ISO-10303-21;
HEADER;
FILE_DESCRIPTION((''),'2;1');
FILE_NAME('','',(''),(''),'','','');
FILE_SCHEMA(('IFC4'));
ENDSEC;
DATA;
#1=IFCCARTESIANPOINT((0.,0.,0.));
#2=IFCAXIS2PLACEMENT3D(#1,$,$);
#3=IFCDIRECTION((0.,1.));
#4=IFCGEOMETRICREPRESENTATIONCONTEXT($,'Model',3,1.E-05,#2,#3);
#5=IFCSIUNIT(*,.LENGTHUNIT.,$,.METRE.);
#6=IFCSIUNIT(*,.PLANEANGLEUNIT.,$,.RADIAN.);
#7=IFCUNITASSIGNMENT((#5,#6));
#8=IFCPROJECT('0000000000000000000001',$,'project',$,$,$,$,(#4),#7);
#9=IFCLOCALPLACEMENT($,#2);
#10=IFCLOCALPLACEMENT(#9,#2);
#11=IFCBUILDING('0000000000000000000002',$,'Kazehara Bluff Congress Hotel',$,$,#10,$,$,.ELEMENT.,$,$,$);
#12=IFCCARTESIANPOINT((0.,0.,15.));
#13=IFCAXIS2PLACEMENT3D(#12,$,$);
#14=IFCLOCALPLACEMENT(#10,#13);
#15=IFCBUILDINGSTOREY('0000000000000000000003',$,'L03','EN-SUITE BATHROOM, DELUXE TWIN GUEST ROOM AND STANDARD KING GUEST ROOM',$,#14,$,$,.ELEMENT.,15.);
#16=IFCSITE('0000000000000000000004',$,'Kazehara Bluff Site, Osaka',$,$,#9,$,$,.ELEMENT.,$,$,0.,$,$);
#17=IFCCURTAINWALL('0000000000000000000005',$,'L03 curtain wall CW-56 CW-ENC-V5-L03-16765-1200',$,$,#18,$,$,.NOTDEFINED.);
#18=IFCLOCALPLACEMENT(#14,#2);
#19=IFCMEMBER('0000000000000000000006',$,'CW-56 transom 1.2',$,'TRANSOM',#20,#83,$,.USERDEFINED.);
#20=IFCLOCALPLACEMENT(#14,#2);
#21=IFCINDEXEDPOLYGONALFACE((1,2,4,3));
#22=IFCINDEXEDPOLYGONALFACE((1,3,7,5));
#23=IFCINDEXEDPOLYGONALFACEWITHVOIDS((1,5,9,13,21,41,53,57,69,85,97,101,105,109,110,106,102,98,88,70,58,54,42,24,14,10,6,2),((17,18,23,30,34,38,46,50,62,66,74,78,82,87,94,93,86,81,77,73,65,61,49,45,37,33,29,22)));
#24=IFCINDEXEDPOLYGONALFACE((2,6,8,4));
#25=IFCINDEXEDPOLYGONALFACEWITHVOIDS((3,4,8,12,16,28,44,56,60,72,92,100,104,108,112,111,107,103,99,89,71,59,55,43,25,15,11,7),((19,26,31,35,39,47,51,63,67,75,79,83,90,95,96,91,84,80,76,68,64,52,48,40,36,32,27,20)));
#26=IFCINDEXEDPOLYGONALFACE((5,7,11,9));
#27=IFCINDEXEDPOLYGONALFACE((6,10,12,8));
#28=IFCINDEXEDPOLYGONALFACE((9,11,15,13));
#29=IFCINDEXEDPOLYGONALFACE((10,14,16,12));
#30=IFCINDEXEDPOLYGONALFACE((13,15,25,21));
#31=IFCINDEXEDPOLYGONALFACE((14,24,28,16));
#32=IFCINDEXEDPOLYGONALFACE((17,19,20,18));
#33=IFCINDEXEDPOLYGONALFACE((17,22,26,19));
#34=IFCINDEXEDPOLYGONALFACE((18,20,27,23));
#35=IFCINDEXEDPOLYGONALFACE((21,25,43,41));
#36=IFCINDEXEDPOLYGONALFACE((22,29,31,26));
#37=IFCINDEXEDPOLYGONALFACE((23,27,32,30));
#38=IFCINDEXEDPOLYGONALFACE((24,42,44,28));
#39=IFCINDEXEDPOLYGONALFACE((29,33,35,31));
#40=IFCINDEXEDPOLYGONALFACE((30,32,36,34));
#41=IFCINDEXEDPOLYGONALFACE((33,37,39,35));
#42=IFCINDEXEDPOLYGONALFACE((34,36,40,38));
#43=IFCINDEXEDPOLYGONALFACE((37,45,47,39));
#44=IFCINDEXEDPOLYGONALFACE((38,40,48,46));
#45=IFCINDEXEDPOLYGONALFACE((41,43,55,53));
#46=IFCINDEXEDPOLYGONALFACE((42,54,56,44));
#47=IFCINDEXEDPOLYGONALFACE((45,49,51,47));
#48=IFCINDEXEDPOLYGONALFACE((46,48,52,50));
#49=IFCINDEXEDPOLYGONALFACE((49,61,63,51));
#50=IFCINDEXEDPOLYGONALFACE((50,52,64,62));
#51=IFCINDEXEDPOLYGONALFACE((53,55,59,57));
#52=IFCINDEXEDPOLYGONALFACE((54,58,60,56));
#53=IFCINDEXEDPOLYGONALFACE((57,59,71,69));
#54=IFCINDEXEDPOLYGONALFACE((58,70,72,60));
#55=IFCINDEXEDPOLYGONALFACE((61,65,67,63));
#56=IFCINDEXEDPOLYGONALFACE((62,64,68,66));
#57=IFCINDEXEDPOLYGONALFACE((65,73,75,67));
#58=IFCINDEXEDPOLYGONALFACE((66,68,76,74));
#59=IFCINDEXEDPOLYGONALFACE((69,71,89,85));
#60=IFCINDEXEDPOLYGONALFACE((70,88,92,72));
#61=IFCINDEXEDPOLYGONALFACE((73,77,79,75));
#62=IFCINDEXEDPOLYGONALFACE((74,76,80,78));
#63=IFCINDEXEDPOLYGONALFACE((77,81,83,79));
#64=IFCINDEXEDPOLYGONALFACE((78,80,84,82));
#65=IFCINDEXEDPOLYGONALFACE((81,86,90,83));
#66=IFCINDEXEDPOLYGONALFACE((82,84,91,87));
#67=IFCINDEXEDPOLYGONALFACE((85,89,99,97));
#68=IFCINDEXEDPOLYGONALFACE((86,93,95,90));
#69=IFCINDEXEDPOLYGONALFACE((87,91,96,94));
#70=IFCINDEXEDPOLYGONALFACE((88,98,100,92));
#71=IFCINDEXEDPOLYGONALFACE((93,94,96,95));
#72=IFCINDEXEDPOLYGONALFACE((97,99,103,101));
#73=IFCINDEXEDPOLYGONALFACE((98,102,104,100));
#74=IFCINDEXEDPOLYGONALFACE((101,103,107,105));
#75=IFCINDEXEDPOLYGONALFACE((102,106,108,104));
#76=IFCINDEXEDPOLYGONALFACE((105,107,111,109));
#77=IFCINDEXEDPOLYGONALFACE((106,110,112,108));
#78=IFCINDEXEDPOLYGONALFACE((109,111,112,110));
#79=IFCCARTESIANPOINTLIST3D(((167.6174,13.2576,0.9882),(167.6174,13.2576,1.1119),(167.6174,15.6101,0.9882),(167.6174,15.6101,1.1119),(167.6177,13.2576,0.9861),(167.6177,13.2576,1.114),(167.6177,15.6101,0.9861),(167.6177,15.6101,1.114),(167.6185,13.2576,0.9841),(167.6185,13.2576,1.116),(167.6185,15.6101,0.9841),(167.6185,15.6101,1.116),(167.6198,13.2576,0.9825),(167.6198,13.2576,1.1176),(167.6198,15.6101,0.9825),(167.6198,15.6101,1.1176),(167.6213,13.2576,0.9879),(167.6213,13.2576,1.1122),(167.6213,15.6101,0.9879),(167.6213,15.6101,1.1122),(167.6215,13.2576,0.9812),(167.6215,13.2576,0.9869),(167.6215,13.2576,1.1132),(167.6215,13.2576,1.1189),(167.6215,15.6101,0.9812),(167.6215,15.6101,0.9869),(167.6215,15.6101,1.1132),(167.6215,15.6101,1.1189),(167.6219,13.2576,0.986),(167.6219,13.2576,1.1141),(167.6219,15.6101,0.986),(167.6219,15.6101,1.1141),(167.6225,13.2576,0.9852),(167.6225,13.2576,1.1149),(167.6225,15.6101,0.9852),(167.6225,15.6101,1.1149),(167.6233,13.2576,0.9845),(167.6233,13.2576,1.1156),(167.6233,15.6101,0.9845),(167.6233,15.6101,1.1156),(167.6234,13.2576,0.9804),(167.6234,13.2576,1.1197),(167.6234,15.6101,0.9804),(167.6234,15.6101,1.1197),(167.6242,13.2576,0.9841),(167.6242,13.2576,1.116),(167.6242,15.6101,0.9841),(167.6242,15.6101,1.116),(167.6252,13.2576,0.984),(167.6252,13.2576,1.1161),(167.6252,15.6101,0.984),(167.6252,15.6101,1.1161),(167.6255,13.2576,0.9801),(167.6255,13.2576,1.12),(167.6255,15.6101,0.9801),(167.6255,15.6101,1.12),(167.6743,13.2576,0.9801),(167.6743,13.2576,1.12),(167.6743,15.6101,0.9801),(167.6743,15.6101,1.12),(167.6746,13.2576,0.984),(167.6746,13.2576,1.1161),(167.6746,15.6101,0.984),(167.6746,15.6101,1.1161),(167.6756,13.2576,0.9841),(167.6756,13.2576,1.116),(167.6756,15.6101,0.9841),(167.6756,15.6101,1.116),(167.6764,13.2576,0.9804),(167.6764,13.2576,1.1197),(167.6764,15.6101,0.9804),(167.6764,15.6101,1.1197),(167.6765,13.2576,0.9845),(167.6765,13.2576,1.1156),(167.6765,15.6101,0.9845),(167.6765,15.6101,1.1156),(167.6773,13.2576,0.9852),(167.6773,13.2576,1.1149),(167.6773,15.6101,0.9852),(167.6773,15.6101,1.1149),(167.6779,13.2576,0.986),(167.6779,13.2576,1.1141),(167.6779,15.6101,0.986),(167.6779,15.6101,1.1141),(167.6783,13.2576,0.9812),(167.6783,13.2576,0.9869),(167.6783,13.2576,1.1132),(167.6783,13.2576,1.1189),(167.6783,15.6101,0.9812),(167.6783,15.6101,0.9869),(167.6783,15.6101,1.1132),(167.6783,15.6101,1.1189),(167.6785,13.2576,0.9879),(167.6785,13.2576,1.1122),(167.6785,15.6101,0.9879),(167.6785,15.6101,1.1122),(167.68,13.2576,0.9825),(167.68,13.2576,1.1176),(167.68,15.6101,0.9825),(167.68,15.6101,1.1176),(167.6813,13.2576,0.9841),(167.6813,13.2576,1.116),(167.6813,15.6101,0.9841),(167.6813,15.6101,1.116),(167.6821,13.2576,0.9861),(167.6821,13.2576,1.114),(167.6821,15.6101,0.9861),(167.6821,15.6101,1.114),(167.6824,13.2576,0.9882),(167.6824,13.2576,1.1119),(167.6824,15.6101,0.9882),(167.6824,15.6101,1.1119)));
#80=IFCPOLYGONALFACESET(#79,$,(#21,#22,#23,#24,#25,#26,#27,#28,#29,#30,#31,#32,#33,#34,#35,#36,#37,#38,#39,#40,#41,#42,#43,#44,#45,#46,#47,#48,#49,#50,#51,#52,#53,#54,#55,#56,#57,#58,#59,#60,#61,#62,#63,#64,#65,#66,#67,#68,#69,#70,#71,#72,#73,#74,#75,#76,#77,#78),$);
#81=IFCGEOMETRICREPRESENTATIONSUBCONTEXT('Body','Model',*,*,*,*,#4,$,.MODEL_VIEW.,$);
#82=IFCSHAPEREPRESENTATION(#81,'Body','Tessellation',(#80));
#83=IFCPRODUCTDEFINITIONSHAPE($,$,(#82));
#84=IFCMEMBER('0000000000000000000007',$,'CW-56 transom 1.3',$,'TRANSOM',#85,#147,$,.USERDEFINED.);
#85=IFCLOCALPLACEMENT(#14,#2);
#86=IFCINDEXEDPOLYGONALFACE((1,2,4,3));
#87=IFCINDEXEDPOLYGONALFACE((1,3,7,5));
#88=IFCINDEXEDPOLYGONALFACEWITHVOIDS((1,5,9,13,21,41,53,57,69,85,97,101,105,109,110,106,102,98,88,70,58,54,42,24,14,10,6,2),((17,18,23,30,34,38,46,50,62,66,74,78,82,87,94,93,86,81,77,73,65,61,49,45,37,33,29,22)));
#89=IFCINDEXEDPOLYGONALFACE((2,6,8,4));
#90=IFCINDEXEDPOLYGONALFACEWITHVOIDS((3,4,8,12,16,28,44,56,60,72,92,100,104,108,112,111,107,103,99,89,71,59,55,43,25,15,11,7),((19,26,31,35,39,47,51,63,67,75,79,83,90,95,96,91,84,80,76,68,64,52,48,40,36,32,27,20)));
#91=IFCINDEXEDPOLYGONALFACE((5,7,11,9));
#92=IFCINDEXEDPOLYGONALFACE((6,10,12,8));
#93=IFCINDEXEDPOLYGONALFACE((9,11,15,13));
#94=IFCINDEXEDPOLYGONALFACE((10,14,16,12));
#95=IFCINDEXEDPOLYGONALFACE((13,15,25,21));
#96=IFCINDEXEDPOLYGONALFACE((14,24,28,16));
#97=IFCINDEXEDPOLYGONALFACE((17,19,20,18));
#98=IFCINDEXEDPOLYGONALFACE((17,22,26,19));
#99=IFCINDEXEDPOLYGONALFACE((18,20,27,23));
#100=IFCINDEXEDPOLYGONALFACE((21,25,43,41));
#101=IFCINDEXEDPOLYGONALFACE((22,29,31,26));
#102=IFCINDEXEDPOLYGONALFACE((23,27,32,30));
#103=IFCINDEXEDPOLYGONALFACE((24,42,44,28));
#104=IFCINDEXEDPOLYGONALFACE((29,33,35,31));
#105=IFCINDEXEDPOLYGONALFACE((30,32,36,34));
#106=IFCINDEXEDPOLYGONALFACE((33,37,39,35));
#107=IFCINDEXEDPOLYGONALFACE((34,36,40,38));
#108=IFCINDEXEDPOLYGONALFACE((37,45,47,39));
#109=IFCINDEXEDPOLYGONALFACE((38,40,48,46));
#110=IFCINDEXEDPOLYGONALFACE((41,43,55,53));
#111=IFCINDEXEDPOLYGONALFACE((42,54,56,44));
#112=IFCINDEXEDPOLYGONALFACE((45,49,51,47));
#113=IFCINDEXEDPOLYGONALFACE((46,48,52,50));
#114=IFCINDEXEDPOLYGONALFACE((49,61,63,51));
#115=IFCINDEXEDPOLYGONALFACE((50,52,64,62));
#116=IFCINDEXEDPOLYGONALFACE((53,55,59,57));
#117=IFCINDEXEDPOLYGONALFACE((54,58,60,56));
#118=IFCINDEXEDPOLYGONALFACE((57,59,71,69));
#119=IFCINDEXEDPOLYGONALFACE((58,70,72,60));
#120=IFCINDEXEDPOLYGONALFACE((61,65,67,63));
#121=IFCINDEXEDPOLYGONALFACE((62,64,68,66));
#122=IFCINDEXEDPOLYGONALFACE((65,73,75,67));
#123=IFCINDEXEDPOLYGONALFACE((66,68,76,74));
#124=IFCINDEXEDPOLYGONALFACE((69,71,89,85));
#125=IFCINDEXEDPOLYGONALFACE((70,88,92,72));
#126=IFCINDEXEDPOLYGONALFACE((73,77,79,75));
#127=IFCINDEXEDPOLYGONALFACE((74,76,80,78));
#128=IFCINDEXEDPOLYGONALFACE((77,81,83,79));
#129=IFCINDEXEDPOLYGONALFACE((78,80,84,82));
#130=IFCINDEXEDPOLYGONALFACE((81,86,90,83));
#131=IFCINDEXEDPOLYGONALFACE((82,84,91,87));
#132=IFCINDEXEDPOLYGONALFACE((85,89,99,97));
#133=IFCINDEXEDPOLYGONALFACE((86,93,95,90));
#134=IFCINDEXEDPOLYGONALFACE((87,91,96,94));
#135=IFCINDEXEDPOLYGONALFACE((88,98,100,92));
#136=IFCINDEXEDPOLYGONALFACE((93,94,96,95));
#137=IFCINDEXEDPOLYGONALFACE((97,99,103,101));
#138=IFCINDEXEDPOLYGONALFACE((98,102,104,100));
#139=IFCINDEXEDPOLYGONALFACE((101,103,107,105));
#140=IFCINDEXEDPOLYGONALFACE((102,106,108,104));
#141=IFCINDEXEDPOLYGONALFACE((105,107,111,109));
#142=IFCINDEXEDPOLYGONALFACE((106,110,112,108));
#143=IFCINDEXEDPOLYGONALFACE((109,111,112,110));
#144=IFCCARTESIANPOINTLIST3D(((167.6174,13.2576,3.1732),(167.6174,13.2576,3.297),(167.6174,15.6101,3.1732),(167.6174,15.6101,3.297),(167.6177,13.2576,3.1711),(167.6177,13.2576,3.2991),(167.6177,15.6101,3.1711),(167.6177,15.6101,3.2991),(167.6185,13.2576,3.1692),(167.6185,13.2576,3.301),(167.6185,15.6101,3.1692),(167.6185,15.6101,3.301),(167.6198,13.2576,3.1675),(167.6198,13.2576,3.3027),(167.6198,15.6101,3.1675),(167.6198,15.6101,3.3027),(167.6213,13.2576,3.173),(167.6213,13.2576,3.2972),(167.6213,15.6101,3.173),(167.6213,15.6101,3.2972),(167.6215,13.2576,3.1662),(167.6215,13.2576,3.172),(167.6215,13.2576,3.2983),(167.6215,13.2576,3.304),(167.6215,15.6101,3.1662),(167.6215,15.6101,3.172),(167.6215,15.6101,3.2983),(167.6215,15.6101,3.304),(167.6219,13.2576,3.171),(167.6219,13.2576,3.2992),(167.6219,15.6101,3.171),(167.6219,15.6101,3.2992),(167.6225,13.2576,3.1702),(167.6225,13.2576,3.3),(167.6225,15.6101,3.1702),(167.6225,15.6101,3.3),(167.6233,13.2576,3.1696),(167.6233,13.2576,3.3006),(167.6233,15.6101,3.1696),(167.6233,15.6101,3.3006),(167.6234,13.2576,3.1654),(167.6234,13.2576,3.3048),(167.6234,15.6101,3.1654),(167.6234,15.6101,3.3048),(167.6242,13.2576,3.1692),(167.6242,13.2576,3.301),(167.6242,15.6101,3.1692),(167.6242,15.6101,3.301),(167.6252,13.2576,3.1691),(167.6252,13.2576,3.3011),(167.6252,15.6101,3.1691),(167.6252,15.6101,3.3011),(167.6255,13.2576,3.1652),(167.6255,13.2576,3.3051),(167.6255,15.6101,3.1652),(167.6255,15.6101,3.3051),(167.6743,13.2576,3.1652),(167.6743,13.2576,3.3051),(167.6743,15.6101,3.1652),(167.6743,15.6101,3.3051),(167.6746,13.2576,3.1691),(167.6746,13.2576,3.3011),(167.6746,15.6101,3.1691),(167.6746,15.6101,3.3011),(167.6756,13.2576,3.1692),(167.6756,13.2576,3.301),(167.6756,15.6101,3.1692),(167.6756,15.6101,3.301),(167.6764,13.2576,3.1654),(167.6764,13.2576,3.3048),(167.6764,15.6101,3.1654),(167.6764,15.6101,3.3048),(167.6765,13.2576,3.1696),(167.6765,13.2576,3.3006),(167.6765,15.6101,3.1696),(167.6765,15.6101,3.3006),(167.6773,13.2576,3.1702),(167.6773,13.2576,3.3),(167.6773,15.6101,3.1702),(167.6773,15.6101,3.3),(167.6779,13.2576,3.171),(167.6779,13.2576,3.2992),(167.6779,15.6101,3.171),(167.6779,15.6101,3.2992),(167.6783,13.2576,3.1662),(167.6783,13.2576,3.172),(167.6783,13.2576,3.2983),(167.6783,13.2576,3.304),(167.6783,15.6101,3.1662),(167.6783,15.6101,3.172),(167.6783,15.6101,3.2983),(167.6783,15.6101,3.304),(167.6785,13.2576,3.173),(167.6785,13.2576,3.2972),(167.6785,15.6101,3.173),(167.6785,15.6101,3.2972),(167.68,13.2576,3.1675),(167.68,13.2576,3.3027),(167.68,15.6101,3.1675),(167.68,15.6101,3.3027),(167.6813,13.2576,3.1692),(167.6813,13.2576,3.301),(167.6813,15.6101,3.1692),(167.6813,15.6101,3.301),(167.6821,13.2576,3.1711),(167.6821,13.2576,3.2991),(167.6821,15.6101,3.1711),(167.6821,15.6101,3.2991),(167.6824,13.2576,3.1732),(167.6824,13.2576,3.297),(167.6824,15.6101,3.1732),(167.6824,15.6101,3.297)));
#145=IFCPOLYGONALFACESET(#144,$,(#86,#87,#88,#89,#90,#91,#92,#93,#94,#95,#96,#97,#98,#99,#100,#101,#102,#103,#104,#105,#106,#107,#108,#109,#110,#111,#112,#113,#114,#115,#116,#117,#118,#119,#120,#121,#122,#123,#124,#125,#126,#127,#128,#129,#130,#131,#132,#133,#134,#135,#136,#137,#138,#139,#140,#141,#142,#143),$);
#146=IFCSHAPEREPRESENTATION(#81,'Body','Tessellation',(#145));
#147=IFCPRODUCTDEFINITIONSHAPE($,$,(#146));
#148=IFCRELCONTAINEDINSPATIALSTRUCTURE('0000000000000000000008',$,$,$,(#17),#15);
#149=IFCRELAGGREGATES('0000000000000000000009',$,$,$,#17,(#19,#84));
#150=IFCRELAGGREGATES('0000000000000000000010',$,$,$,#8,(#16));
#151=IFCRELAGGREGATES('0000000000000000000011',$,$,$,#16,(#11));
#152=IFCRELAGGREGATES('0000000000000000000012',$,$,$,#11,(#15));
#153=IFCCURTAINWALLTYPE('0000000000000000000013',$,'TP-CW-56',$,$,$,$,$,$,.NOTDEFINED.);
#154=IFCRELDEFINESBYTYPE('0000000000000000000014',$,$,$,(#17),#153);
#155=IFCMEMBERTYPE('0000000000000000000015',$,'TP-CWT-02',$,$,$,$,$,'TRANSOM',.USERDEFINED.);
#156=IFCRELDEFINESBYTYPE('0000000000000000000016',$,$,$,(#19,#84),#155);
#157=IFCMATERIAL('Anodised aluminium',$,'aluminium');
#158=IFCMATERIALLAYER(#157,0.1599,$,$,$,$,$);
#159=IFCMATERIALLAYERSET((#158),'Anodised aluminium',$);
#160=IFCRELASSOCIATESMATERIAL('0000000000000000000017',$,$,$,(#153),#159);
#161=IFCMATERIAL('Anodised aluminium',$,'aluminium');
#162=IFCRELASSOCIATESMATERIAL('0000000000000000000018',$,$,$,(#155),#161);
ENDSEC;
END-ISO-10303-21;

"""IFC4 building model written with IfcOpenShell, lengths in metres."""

from ifc_helpers import new_model, si_unit, direction, frame, origin, origin_2d, place, context, subcontext, project, spatial, hollow_rectangle, extrude, material, layer, layer_set, material_profile, profile_set, type_object, element, aggregate, save


model = new_model("IFC4")

# Units and contexts
model_context = context("Model", 3, precision=1e-05, world=origin(), true_north=direction((0.0, 1.0)))
body_context = subcontext(model_context, "Body", "Model", "MODEL_VIEW")
ifc_project = project(units=[si_unit("LENGTHUNIT", "METRE"), si_unit("PLANEANGLEUNIT", "RADIAN")], contexts=[model_context])

# Site, building, storey
site_placement = place(None, origin())
site = spatial("IfcSite", under=ifc_project, at=site_placement, Name="Kazehara Bluff Site, Osaka", CompositionType="ELEMENT", RefElevation=0.0)
building_placement = place(site_placement, origin())
building = spatial("IfcBuilding", under=site, at=building_placement, Name="Kazehara Bluff Congress Hotel", CompositionType="ELEMENT")
storey_placement = place(building_placement, frame((0.0, 0.0, 15.0)))
storey = spatial("IfcBuildingStorey", under=building, at=storey_placement, Name="L03", Description="EN-SUITE BATHROOM, DELUXE TWIN GUEST ROOM AND STANDARD KING GUEST ROOM", CompositionType="ELEMENT", Elevation=15.0)

# Curtain wall
ifc_material_1 = material(Name="Anodised aluminium", Category="aluminium")
ifc_layer_1 = layer(ifc_material_1, 0.1599)
ifc_layer_set_1 = layer_set([ifc_layer_1], Name="Anodised aluminium")
curtain_wall_type_1 = type_object("IfcCurtainWallType", Name="TP-CW-56", PredefinedType="NOTDEFINED", material=ifc_layer_set_1)
curtain_wall_1_placement = place(storey_placement, origin())
curtain_wall_1 = element("IfcCurtainWall", 1, at=curtain_wall_1_placement, inside=storey, type_object=curtain_wall_type_1, Name="L03 curtain wall CW-56 CW-ENC-V5-L03-16765-1200", PredefinedType="NOTDEFINED")

# Members
ifc_material_2 = material(Name="Anodised aluminium", Category="aluminium")
ifc_material_profile_1 = material_profile(ifc_material_2, hollow_rectangle(XDim=0.0649, YDim=0.1399, WallThickness=0.0039, InnerFilletRadius=0.0039, OuterFilletRadius=0.0081, at=origin_2d()))
ifc_profile_set_1 = profile_set([ifc_material_profile_1], Name="Anodised aluminium")
member_type_1 = type_object("IfcMemberType", Name="TP-CWT-02", ElementType="TRANSOM", PredefinedType="USERDEFINED", material=ifc_profile_set_1)
member_1_placement = place(storey_placement, frame((167.6499, 15.6101, 1.05), z_axis=(0.0, -1.0, 0.0), x_axis=(1.0, 0.0, 0.0)))
member_1 = element("IfcMember", 2, at=member_1_placement, type_object=member_type_1, Name="CW-56 transom 1.2", ObjectType="TRANSOM", PredefinedType="USERDEFINED", context=body_context, shape_type="SweptSolid", body=[
    extrude(hollow_rectangle(XDim=0.0649, YDim=0.1399, WallThickness=0.0039, InnerFilletRadius=0.0039, OuterFilletRadius=0.0081, at=origin_2d()), origin(), (0.0, 0.0, 1.0), 2.3525),
])
member_2_placement = place(storey_placement, frame((167.6499, 15.6101, 3.2351), z_axis=(0.0, -1.0, 0.0), x_axis=(1.0, 0.0, 0.0)))
member_2 = element("IfcMember", 3, at=member_2_placement, type_object=member_type_1, Name="CW-56 transom 1.3", ObjectType="TRANSOM", PredefinedType="USERDEFINED", context=body_context, shape_type="SweptSolid", body=[
    extrude(hollow_rectangle(XDim=0.0649, YDim=0.1399, WallThickness=0.0039, InnerFilletRadius=0.0039, OuterFilletRadius=0.0081, at=origin_2d()), origin(), (0.0, 0.0, 1.0), 2.3525),
])

aggregate(curtain_wall_1, [member_1, member_2])

save(model, "model.ifc")
